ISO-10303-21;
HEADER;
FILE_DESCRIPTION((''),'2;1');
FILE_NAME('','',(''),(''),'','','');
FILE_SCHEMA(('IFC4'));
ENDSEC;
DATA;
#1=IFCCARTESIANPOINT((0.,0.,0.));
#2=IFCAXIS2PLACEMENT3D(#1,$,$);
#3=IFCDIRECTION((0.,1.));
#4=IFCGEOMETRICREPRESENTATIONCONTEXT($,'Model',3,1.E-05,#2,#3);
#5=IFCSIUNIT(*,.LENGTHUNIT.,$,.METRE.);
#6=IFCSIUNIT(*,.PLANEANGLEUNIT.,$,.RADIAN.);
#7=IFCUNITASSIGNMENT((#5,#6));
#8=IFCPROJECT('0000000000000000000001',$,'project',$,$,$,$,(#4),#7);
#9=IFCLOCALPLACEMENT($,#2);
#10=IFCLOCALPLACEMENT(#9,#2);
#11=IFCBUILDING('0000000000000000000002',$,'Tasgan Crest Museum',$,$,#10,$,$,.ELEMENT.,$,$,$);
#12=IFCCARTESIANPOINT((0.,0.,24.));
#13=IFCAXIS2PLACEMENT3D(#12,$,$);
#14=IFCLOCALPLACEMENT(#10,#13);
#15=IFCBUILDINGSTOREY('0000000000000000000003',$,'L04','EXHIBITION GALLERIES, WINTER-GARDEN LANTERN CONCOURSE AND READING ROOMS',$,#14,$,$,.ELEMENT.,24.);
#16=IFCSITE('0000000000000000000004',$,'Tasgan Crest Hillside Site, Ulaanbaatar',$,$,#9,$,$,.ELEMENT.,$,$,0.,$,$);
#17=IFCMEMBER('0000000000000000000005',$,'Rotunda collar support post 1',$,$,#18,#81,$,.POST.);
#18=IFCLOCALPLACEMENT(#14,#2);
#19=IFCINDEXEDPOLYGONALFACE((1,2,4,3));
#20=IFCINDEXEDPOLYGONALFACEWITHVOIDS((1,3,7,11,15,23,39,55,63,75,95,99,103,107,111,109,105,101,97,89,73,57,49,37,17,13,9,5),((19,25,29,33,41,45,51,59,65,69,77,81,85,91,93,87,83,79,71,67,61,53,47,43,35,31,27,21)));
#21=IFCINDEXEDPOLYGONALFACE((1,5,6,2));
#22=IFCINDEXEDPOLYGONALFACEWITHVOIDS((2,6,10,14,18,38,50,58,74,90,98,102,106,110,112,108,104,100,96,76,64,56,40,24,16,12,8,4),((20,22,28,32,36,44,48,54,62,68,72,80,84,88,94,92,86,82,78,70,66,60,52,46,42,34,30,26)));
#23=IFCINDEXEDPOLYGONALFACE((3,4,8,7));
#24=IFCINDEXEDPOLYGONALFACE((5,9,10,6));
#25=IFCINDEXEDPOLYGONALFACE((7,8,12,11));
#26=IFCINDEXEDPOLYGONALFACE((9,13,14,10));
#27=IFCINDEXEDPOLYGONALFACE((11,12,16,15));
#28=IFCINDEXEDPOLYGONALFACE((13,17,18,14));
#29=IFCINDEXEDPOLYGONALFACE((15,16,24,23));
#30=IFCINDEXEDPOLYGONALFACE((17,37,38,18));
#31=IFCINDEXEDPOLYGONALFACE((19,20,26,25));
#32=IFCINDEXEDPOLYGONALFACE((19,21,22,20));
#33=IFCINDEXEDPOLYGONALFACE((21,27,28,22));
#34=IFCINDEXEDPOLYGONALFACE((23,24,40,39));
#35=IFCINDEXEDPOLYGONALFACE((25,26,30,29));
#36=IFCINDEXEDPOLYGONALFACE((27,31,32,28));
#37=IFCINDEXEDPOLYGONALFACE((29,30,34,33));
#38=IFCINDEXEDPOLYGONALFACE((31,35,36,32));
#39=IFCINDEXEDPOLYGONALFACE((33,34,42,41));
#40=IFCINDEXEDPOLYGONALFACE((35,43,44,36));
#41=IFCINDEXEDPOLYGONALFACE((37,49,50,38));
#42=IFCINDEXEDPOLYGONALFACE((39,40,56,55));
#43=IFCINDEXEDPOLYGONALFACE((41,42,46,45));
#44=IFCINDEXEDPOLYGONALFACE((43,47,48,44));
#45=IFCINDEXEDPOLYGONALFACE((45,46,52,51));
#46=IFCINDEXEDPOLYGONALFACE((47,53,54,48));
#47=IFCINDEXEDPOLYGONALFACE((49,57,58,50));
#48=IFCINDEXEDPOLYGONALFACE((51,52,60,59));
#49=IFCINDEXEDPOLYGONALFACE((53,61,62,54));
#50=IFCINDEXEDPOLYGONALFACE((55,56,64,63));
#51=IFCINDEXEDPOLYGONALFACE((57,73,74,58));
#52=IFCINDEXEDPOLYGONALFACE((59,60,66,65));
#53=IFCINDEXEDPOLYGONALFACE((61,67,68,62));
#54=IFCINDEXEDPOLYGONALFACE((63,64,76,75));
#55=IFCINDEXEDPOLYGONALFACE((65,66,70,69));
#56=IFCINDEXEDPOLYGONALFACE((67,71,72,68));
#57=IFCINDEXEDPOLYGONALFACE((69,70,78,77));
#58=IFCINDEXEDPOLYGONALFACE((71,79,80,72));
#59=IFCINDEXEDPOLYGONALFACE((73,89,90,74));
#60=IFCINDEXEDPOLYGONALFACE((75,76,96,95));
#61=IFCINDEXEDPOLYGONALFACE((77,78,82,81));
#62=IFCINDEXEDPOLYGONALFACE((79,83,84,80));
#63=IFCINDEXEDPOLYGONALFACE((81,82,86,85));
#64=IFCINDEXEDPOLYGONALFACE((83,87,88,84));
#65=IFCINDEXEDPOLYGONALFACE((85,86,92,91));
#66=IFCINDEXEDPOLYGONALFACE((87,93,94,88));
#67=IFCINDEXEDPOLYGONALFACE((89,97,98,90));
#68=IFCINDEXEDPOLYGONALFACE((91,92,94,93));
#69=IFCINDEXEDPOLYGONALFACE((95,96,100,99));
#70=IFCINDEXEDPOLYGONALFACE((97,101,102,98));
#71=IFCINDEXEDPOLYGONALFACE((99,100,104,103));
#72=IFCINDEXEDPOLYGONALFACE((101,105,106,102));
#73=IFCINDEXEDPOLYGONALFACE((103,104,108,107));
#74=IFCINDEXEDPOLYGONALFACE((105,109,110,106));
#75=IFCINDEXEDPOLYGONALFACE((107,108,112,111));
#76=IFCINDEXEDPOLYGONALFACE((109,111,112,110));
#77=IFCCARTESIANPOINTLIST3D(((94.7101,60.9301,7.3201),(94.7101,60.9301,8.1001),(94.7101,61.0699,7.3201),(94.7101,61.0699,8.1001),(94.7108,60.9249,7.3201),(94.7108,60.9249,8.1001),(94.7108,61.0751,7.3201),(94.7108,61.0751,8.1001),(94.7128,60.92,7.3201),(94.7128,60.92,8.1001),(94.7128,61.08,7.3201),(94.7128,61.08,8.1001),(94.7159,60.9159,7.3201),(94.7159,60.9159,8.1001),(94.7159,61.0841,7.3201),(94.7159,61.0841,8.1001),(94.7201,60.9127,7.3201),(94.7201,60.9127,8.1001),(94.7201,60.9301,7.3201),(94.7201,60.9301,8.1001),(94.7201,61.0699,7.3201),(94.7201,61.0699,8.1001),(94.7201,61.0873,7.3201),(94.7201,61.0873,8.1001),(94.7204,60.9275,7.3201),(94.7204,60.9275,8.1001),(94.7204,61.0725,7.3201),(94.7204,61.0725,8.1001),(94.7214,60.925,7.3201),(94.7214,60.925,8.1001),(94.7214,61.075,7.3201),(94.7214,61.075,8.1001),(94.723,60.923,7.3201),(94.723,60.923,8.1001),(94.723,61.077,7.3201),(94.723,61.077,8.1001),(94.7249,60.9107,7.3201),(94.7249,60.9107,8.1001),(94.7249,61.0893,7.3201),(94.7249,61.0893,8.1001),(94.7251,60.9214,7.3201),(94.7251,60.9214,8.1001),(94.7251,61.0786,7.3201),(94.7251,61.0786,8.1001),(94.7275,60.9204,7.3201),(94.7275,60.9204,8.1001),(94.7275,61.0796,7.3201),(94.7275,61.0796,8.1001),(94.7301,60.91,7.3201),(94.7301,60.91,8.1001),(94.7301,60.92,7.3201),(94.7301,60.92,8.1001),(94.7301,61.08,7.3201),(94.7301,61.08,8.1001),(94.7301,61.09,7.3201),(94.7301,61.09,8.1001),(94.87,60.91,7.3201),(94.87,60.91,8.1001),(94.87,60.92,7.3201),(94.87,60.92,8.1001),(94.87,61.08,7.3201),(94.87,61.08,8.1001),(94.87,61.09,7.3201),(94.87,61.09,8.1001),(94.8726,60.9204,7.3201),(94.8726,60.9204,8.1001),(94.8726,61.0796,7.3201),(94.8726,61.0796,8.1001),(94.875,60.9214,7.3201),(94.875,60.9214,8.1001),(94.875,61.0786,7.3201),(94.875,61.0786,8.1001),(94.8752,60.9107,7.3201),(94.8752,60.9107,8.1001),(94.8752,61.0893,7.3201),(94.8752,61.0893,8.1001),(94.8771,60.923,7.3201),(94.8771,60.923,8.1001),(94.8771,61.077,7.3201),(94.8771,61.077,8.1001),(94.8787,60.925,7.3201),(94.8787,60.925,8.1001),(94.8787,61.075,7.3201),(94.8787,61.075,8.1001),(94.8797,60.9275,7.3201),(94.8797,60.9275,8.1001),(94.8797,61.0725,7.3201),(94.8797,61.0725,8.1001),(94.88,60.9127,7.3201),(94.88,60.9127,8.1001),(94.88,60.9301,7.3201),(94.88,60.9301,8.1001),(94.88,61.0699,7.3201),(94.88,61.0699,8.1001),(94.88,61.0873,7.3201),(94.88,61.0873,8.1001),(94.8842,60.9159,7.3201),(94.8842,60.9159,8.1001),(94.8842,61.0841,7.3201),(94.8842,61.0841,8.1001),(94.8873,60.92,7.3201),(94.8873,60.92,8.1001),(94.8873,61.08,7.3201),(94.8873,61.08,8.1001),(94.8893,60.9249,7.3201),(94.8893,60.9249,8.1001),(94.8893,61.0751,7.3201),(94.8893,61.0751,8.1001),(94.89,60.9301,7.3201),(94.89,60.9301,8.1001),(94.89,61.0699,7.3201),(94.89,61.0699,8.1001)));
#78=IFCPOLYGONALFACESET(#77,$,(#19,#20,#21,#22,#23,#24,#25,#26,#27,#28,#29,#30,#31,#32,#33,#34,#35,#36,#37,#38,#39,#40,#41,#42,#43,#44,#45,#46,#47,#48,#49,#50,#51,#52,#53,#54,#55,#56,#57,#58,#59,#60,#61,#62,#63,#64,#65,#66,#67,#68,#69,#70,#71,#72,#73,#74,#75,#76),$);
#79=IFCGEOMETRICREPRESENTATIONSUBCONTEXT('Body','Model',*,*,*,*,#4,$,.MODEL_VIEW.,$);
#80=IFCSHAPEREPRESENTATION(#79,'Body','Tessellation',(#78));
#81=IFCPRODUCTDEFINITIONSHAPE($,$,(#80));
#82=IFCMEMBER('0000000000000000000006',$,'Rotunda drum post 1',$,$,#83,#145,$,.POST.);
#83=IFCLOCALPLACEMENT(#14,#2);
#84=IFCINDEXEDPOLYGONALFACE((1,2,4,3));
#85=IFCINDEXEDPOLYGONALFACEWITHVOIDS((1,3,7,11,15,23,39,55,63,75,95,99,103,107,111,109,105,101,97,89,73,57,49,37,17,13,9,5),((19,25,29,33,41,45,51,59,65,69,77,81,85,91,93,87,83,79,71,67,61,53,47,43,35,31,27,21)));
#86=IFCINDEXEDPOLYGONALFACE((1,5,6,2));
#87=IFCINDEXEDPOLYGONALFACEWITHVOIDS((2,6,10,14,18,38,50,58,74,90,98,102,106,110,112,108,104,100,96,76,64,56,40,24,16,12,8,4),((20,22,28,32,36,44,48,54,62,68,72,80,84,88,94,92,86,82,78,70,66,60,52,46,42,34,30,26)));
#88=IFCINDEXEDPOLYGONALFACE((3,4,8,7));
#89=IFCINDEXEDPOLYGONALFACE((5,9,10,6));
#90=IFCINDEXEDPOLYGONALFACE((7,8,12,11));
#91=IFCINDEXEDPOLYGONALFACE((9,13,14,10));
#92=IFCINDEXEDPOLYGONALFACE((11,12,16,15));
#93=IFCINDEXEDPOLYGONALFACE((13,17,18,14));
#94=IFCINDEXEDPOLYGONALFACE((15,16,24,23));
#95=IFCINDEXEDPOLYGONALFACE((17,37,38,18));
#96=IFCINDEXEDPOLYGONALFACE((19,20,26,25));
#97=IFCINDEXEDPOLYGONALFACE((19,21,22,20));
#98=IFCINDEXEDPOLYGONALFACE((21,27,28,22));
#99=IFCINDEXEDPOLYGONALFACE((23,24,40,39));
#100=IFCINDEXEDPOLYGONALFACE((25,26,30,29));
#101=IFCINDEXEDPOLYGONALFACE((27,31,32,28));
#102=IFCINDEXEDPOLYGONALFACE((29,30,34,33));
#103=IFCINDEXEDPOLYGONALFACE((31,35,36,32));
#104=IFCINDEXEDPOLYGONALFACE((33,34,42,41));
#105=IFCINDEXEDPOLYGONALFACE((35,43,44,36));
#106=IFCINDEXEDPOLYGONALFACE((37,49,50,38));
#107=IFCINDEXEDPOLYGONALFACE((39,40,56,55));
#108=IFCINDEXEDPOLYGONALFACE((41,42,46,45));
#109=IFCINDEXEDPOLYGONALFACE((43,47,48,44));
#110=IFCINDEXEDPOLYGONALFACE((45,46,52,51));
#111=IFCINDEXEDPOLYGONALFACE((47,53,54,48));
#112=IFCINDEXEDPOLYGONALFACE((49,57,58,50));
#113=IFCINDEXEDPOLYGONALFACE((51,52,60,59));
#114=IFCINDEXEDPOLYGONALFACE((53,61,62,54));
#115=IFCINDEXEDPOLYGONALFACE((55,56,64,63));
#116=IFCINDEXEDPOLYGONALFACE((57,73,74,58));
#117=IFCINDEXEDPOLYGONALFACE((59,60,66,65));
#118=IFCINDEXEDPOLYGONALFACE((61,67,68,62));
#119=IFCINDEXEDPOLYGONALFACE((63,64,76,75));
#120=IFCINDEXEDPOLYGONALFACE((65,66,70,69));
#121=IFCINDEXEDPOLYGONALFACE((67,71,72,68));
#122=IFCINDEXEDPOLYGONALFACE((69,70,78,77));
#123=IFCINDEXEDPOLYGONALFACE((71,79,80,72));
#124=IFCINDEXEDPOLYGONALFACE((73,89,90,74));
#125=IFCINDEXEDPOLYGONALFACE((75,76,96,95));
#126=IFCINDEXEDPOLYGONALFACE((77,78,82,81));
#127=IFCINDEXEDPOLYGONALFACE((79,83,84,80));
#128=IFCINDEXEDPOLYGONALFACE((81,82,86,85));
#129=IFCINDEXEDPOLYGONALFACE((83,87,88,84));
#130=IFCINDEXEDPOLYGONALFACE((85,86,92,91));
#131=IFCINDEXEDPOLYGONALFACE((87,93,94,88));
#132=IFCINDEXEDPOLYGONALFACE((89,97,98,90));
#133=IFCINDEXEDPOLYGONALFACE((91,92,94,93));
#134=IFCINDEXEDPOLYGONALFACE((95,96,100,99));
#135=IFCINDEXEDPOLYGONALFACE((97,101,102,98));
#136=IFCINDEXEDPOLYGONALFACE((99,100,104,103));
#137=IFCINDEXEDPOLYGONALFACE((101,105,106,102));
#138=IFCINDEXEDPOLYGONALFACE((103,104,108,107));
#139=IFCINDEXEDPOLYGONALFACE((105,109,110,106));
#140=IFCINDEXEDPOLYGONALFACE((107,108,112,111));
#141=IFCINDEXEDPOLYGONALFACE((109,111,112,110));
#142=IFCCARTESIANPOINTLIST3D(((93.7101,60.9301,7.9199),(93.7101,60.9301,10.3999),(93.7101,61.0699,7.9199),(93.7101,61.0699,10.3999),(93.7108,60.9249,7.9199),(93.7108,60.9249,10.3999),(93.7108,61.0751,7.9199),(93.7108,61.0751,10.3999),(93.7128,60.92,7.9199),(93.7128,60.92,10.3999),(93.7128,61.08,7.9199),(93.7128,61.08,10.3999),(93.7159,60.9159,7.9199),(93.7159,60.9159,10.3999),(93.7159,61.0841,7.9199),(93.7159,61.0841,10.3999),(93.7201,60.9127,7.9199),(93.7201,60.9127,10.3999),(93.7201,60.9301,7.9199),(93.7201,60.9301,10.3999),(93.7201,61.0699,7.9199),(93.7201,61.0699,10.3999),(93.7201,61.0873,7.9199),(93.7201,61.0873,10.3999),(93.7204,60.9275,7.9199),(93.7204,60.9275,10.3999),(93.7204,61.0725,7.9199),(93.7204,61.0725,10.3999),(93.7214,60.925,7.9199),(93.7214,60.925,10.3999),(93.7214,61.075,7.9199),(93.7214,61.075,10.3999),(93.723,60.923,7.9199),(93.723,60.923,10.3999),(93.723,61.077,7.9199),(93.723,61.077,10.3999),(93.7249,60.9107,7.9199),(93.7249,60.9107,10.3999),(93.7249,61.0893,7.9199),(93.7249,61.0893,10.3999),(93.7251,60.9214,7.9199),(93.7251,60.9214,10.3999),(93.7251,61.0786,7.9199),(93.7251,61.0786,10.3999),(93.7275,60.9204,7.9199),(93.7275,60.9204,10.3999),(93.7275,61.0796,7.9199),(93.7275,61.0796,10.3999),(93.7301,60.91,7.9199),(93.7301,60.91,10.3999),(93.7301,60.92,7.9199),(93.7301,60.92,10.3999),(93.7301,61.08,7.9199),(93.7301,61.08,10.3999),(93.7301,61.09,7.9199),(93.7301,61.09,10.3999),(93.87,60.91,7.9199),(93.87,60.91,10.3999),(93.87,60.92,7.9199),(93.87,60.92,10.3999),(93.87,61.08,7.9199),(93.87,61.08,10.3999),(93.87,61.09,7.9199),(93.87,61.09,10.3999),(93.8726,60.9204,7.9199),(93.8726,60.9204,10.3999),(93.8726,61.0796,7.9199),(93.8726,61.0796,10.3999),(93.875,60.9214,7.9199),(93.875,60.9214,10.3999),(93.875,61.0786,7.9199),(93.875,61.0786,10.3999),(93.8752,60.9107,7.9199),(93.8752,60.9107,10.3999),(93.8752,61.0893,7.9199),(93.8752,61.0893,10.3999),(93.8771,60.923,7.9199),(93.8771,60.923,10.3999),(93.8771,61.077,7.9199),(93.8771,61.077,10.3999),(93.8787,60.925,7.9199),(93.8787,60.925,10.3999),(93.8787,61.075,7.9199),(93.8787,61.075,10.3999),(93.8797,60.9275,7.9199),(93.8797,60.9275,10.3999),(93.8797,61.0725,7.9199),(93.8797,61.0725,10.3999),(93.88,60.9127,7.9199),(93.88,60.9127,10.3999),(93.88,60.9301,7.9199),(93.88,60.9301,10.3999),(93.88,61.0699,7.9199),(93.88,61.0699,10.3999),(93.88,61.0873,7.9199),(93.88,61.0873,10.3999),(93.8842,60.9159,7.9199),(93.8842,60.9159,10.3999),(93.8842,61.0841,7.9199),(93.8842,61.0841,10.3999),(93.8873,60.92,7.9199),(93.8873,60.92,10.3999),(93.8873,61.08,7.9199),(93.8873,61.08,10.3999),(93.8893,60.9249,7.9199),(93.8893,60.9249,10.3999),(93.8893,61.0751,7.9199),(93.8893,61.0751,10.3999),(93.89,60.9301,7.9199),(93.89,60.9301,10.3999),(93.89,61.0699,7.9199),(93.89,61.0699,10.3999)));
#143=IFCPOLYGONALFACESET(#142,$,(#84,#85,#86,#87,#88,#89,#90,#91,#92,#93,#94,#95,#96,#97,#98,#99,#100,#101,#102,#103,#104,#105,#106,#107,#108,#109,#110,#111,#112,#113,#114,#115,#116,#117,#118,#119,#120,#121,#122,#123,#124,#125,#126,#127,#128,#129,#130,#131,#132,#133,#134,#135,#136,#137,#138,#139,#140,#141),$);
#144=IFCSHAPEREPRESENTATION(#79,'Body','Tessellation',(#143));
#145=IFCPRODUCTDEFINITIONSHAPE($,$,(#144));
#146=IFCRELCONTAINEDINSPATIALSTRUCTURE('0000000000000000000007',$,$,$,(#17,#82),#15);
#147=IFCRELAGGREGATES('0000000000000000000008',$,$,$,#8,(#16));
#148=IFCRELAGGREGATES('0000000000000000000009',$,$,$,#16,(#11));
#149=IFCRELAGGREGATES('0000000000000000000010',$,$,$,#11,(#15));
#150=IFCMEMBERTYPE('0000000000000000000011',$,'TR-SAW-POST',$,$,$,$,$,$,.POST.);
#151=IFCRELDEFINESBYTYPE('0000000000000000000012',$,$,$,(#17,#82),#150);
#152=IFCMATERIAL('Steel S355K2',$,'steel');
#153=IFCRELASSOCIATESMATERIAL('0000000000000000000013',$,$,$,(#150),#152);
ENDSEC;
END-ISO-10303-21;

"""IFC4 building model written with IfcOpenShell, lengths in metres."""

from ifc_helpers import new_model, si_unit, direction, frame, origin, origin_2d, place, context, subcontext, project, spatial, hollow_rectangle, extrude, material, material_profile, profile_set, type_object, element, save


model = new_model("IFC4")

# Units and contexts
model_context = context("Model", 3, precision=1e-05, world=origin(), true_north=direction((0.0, 1.0)))
body_context = subcontext(model_context, "Body", "Model", "MODEL_VIEW")
ifc_project = project(units=[si_unit("LENGTHUNIT", "METRE"), si_unit("PLANEANGLEUNIT", "RADIAN")], contexts=[model_context])

# Site, building, storey
site_placement = place(None, origin())
site = spatial("IfcSite", under=ifc_project, at=site_placement, Name="Tasgan Crest Hillside Site, Ulaanbaatar", CompositionType="ELEMENT", RefElevation=0.0)
building_placement = place(site_placement, origin())
building = spatial("IfcBuilding", under=site, at=building_placement, Name="Tasgan Crest Museum", CompositionType="ELEMENT")
storey_placement = place(building_placement, frame((0.0, 0.0, 24.0)))
storey = spatial("IfcBuildingStorey", under=building, at=storey_placement, Name="L04", Description="EXHIBITION GALLERIES, WINTER-GARDEN LANTERN CONCOURSE AND READING ROOMS", CompositionType="ELEMENT", Elevation=24.0)

# Members
ifc_material_1 = material(Name="Steel S355K2", Category="steel")
ifc_material_profile_1 = material_profile(ifc_material_1, hollow_rectangle(XDim=0.1799, YDim=0.1799, WallThickness=0.01, InnerFilletRadius=0.01, OuterFilletRadius=0.02, at=origin_2d()), Name="SHS 180x180x10")
ifc_profile_set_1 = profile_set([ifc_material_profile_1], Name="Steel S355K2")
member_type_1 = type_object("IfcMemberType", Name="TR-SAW-POST", PredefinedType="POST", material=ifc_profile_set_1)
member_1_placement = place(storey_placement, frame((94.8, 61.0, 7.3201), z_axis=(0.0, 0.0, 1.0), x_axis=(1.0, 0.0, 0.0)))
element("IfcMember", 1, at=member_1_placement, inside=storey, type_object=member_type_1, Name="Rotunda collar support post 1", PredefinedType="POST", context=body_context, shape_type="SweptSolid", body=[
    extrude(hollow_rectangle(XDim=0.1799, YDim=0.1799, WallThickness=0.01, InnerFilletRadius=0.01, OuterFilletRadius=0.02, at=origin_2d()), origin(), (0.0, 0.0, 1.0), 0.78),
])
for number, where, z_axis, x_axis, name in (
    (2, (93.8, 61.0, 7.9199), (0.0, 0.0, 1.0), (1.0, 0.0, 0.0), "Rotunda drum post 1"),
):
    element("IfcMember", number, at=place(storey_placement, frame(where, z_axis=z_axis, x_axis=x_axis)), inside=storey, type_object=member_type_1, Name=name, PredefinedType="POST", context=body_context, shape_type="SweptSolid", body=[
        extrude(hollow_rectangle(XDim=0.1799, YDim=0.1799, WallThickness=0.01, InnerFilletRadius=0.01, OuterFilletRadius=0.02, at=origin_2d()), origin(), (0.0, 0.0, 1.0), 2.48),
    ])

save(model, "model.ifc")
